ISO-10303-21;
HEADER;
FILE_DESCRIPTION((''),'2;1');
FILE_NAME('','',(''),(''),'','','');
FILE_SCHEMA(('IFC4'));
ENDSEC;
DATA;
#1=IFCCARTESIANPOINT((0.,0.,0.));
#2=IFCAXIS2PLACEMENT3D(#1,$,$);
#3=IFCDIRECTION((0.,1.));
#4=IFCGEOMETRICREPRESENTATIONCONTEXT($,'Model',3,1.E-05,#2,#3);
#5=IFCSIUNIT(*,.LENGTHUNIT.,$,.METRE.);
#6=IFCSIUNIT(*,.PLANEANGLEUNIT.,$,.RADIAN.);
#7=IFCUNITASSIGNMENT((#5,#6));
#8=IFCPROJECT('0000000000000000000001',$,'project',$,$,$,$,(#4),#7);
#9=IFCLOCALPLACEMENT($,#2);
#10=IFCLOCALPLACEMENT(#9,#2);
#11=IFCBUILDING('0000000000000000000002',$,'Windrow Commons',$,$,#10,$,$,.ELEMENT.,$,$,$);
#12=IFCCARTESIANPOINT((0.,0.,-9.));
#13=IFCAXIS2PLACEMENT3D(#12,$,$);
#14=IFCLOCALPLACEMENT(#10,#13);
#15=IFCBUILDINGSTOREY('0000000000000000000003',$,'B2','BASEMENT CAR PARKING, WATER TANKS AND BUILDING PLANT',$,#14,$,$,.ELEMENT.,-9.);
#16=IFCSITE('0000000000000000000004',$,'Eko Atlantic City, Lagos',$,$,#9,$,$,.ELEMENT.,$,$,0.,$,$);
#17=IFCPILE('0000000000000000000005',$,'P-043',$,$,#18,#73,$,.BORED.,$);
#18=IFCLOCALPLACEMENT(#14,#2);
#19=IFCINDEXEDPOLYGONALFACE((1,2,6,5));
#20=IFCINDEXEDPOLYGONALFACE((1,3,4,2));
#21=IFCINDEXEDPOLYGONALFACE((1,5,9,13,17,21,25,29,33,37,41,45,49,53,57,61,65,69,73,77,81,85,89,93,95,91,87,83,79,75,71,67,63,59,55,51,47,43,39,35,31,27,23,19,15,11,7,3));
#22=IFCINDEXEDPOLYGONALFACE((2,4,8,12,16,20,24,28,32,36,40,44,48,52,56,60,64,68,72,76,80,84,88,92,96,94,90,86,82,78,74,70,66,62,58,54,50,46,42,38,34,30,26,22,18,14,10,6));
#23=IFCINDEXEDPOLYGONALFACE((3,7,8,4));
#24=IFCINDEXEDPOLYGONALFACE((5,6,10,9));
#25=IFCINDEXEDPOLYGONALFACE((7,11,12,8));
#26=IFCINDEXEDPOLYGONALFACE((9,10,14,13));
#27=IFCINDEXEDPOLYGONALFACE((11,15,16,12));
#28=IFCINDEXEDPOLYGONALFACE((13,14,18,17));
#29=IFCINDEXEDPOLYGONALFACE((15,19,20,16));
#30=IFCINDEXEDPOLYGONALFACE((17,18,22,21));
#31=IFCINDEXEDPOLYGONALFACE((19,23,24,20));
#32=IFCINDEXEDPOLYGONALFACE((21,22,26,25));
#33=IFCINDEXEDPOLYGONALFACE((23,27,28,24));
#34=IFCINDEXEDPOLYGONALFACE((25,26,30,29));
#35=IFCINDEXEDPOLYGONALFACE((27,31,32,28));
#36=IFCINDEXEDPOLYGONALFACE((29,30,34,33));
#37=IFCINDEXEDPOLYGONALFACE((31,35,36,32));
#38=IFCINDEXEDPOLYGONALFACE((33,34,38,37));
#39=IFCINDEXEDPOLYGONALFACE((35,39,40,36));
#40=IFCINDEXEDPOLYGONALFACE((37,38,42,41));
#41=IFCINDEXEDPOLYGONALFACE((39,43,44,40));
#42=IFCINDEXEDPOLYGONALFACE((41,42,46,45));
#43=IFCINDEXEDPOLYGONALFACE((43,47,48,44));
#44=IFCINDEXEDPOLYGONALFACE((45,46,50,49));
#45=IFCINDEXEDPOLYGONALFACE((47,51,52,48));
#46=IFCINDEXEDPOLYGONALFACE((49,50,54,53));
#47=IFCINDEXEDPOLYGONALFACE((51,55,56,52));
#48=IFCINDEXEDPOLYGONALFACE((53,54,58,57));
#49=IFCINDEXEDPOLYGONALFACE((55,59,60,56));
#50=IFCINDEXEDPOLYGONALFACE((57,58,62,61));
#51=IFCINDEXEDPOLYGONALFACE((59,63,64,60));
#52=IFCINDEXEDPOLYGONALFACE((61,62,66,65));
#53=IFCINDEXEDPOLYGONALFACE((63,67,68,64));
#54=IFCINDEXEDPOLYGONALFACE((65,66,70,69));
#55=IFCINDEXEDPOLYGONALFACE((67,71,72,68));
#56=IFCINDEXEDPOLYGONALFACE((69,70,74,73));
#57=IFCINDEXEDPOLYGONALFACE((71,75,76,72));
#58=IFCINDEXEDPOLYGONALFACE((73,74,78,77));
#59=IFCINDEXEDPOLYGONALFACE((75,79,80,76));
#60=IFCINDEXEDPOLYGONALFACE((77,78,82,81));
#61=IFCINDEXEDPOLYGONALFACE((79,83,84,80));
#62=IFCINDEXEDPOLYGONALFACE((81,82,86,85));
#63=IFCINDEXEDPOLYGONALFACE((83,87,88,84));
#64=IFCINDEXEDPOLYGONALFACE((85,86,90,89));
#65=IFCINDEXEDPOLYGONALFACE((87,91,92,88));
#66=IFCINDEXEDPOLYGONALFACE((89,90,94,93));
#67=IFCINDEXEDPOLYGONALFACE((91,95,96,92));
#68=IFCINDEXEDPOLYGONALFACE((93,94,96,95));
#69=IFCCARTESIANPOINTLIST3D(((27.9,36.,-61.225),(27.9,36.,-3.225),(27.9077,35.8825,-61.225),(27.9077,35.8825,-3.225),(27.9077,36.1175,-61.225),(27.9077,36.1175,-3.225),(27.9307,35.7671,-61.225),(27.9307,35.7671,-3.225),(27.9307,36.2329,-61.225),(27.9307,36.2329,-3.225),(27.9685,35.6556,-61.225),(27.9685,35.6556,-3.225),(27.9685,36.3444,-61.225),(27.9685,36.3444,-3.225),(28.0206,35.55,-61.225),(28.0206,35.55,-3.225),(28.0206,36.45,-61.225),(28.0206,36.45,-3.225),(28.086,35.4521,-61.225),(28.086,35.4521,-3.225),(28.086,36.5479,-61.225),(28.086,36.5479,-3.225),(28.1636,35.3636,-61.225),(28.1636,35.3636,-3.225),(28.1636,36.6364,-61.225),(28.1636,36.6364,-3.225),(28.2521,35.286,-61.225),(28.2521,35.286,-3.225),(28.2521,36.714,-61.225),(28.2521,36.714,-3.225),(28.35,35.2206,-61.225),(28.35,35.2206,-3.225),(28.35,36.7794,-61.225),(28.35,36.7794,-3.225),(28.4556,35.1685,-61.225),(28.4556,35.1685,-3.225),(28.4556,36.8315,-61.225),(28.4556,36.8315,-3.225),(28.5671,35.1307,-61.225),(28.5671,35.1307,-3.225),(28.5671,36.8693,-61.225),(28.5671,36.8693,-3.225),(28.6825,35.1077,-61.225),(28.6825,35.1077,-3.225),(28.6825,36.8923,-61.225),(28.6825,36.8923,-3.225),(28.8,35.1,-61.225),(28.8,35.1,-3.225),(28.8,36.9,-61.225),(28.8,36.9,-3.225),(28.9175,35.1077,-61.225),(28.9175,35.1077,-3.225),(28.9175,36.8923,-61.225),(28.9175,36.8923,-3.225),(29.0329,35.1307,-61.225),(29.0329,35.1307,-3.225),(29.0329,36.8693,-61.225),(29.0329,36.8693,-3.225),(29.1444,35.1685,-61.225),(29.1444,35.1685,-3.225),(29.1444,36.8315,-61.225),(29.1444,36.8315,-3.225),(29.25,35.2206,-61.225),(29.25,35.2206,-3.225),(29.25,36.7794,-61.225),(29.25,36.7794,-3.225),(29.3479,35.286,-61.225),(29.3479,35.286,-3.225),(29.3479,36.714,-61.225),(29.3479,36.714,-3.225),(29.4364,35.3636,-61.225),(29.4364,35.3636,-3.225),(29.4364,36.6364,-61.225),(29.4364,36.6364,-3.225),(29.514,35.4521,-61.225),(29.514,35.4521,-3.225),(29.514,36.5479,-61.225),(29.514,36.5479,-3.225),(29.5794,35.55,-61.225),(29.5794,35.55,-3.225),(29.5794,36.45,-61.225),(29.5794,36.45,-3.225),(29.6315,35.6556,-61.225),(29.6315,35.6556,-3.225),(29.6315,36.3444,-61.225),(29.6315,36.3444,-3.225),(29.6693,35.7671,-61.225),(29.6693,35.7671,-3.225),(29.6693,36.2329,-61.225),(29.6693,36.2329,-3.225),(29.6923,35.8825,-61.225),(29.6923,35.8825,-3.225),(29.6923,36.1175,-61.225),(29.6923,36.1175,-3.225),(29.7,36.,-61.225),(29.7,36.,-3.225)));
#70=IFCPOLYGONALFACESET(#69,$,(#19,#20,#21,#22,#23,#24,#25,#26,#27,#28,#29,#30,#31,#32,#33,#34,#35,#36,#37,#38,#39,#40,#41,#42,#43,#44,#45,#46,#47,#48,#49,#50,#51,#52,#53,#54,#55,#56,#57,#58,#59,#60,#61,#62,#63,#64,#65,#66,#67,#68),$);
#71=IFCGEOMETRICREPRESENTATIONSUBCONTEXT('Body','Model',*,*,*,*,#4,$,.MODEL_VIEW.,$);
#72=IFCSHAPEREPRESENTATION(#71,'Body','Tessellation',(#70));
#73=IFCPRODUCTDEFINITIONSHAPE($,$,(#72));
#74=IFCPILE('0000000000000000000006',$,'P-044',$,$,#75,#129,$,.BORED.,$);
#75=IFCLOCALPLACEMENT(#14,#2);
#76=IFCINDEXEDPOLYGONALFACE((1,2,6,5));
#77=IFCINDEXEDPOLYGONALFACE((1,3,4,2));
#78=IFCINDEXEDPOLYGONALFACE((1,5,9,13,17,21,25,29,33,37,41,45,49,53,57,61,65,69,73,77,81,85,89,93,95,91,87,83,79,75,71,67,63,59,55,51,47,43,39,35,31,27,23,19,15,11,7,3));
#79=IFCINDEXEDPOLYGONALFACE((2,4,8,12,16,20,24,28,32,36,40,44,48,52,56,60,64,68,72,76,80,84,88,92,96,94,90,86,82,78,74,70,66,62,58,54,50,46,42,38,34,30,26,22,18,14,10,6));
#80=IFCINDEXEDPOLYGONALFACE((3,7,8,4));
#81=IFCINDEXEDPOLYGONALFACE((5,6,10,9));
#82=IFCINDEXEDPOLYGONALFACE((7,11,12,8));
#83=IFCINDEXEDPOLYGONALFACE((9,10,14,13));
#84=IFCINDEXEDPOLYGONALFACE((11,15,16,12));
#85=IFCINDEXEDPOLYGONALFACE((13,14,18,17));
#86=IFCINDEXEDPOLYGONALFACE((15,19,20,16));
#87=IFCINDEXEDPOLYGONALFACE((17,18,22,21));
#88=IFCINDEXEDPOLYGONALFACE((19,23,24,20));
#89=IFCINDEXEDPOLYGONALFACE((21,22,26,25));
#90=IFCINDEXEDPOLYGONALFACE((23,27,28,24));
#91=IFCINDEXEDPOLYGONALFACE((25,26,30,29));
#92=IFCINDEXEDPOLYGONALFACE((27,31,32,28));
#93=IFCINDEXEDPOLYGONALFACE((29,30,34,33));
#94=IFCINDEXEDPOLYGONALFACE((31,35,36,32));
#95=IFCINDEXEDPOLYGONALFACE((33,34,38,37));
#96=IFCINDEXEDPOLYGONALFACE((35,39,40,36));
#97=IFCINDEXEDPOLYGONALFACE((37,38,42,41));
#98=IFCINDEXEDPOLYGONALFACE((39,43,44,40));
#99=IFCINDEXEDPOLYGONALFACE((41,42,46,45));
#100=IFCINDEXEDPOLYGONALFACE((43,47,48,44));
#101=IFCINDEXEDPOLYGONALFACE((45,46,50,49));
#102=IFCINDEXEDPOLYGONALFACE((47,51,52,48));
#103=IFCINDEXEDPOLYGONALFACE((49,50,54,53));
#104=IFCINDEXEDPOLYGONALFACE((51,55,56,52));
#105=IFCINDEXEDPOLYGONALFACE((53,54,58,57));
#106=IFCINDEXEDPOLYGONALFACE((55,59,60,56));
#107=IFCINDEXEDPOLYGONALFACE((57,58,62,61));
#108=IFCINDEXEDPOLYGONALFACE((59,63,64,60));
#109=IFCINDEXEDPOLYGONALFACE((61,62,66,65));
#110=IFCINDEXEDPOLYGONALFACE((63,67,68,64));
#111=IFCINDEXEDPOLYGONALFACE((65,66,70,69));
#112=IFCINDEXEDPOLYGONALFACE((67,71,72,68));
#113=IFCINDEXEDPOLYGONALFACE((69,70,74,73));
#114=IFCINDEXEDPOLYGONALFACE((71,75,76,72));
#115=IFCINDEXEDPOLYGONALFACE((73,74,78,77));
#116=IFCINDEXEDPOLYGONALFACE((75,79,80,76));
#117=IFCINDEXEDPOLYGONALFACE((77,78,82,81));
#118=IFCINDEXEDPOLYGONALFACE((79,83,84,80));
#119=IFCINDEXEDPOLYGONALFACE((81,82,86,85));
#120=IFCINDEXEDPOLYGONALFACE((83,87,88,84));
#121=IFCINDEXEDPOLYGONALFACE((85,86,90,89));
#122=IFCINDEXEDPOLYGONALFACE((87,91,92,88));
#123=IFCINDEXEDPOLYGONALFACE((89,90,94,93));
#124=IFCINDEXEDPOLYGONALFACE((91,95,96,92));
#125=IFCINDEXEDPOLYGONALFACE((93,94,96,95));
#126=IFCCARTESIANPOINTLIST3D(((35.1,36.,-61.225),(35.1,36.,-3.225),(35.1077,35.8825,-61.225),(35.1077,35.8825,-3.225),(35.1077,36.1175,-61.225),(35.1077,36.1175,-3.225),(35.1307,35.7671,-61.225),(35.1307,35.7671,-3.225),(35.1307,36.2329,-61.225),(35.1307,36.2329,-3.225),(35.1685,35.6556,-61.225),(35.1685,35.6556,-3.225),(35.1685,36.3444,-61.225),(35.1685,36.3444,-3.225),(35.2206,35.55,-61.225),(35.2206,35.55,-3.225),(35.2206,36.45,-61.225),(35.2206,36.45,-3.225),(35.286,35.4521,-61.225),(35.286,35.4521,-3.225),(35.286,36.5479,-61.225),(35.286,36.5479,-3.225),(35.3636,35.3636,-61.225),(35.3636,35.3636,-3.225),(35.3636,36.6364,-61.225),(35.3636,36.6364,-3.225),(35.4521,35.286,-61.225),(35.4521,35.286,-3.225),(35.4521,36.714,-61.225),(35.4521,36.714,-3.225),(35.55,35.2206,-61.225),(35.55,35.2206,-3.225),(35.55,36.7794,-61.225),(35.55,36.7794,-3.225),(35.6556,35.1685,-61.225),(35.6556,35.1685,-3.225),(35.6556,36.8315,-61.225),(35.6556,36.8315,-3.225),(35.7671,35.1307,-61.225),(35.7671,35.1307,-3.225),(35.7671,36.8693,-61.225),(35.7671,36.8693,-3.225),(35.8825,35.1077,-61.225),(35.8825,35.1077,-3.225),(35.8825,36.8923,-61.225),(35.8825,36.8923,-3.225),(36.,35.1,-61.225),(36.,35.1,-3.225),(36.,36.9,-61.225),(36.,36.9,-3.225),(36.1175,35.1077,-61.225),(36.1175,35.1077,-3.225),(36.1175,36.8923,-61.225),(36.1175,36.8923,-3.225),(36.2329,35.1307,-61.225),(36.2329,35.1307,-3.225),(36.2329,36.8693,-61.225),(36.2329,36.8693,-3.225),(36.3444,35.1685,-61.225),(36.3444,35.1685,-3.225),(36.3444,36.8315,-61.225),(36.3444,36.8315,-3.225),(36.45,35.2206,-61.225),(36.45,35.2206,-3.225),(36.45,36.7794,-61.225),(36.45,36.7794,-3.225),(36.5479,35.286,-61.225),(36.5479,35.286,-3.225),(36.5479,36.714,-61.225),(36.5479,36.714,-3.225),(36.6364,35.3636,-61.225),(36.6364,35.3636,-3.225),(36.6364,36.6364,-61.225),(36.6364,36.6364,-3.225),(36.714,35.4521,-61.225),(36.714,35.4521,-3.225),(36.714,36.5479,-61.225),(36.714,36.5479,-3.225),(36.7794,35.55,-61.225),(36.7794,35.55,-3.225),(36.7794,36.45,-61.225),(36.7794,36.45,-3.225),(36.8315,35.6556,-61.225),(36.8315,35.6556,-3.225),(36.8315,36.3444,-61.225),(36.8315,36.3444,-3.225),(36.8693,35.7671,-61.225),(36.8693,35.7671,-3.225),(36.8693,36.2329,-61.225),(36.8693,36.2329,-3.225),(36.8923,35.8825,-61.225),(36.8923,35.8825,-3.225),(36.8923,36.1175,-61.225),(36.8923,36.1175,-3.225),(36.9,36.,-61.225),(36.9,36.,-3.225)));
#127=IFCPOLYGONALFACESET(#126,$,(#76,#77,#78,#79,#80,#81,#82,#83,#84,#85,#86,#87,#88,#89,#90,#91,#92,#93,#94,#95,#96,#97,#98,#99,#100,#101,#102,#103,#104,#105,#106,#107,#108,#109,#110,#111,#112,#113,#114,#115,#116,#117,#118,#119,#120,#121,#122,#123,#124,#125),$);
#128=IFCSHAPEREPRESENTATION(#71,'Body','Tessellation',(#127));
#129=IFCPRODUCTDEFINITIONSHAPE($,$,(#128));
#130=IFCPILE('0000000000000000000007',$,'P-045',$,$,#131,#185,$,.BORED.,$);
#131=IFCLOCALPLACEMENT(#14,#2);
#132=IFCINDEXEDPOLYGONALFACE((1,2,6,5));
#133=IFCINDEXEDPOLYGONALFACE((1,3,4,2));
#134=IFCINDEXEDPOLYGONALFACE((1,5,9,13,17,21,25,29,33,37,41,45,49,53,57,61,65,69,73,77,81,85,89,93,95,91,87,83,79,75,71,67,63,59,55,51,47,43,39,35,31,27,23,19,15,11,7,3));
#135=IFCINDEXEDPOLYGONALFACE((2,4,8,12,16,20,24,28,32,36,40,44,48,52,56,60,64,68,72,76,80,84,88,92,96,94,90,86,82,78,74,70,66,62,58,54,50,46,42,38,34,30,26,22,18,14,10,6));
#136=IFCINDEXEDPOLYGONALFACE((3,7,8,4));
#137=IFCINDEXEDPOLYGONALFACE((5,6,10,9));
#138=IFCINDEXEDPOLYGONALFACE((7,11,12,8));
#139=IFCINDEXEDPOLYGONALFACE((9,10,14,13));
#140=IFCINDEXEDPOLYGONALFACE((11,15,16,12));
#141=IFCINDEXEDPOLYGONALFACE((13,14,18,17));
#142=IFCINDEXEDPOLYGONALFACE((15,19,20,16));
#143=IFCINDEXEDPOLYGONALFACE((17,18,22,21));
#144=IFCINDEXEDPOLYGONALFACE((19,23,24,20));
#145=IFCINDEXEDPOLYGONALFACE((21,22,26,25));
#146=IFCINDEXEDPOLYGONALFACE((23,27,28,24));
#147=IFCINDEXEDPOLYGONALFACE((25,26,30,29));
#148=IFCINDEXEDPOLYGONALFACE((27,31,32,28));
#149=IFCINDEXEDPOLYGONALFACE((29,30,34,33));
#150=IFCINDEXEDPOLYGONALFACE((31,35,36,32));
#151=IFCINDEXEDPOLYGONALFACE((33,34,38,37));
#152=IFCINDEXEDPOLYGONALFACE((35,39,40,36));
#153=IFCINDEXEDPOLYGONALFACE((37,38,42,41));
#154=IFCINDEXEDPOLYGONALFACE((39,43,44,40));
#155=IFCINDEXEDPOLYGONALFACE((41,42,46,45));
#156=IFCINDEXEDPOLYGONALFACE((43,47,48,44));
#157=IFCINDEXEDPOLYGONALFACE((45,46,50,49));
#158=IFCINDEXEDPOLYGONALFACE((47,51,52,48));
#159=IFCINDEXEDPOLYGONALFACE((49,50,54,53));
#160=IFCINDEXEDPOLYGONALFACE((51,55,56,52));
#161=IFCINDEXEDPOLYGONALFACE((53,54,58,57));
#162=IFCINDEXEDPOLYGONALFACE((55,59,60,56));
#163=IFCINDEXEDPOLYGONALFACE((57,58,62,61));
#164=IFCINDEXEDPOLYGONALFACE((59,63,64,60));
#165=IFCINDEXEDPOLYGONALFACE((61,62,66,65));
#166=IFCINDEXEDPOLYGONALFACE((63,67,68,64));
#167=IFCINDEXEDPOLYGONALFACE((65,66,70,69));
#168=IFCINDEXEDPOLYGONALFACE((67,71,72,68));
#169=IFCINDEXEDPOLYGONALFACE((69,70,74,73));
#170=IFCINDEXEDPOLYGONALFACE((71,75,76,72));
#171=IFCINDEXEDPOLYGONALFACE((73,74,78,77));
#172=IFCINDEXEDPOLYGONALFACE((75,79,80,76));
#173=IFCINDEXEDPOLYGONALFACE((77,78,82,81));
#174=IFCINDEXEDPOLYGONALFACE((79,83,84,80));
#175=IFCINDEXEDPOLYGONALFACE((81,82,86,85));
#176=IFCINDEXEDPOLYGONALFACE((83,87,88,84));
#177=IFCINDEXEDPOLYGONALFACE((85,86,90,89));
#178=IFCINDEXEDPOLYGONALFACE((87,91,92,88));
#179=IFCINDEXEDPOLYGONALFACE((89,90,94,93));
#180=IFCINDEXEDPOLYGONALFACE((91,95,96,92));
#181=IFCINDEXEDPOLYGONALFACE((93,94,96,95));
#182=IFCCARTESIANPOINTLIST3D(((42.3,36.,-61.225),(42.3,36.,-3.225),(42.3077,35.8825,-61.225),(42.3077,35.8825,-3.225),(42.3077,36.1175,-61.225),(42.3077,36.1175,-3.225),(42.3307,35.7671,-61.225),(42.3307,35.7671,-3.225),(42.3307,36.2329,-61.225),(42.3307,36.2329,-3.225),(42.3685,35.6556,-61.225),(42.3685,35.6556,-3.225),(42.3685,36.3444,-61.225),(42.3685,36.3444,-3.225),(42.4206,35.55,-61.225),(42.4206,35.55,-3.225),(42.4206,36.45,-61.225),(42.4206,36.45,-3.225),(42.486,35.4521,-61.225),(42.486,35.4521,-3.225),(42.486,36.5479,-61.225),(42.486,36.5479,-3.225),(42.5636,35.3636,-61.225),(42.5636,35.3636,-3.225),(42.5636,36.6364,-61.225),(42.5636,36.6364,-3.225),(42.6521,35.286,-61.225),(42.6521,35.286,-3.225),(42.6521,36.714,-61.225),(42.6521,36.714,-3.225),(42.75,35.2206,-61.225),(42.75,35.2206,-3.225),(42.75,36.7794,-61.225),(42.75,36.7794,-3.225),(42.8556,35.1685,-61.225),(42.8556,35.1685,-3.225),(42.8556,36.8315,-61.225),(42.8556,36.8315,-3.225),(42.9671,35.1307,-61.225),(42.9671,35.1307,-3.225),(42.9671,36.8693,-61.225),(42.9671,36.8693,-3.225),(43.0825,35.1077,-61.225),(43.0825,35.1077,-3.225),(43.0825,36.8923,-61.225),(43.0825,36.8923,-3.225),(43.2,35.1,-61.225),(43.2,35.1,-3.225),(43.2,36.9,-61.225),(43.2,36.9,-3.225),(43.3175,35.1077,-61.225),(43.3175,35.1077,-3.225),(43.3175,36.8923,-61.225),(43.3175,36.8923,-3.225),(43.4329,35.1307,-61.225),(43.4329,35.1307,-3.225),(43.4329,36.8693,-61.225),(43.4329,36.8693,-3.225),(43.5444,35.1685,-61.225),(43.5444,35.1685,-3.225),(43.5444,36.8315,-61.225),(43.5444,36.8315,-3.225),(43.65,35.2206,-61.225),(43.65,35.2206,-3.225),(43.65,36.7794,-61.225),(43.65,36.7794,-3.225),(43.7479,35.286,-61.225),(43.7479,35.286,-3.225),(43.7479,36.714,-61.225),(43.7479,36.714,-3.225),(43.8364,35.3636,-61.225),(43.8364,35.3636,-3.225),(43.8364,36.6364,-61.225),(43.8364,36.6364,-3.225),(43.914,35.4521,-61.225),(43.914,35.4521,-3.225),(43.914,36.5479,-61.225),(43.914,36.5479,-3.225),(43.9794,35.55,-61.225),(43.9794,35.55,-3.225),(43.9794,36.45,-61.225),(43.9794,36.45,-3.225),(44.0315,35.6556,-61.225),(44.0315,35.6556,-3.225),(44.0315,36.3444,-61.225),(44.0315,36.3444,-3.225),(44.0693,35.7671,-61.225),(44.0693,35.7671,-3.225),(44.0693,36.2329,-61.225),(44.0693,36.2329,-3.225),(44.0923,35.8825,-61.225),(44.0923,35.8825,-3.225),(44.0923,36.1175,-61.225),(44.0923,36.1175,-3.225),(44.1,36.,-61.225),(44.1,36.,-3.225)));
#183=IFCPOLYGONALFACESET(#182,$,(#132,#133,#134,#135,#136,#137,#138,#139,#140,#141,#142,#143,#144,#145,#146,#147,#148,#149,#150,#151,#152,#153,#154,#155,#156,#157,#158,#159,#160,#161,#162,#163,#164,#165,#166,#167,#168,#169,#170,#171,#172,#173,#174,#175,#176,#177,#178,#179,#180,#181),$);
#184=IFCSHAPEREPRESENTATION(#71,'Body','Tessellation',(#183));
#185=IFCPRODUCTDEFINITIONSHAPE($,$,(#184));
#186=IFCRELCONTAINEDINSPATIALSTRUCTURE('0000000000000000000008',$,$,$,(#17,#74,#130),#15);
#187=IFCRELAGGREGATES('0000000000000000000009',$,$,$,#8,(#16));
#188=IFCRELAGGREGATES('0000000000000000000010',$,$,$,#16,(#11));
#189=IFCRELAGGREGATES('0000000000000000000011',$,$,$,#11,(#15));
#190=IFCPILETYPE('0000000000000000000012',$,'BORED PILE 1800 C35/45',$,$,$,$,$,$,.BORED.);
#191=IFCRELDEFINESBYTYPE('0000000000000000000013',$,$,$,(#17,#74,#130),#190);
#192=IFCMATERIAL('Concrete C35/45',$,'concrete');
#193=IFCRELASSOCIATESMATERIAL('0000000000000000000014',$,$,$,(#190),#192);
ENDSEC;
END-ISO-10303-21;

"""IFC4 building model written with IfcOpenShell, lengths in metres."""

from ifc_helpers import new_model, si_unit, direction, frame, origin, origin_2d, place, context, subcontext, project, spatial, circle, extrude, material, material_profile, profile_set, type_object, element, save


model = new_model("IFC4")

# Units and contexts
model_context = context("Model", 3, precision=1e-05, world=origin(), true_north=direction((0.0, 1.0)))
body_context = subcontext(model_context, "Body", "Model", "MODEL_VIEW")
ifc_project = project(units=[si_unit("LENGTHUNIT", "METRE"), si_unit("PLANEANGLEUNIT", "RADIAN")], contexts=[model_context])

# Site, building, storey
site_placement = place(None, origin())
site = spatial("IfcSite", under=ifc_project, at=site_placement, Name="Eko Atlantic City, Lagos", CompositionType="ELEMENT", RefElevation=0.0)
building_placement = place(site_placement, origin())
building = spatial("IfcBuilding", under=site, at=building_placement, Name="Windrow Commons", CompositionType="ELEMENT")
storey_placement = place(building_placement, frame((0.0, 0.0, -9.0)))
storey = spatial("IfcBuildingStorey", under=building, at=storey_placement, Name="B2", Description="BASEMENT CAR PARKING, WATER TANKS AND BUILDING PLANT", CompositionType="ELEMENT", Elevation=-9.0)

# Piles
ifc_material_1 = material(Name="Concrete C35/45", Category="concrete")
ifc_material_profile_1 = material_profile(ifc_material_1, circle(Radius=0.9, at=origin_2d()))
ifc_profile_set_1 = profile_set([ifc_material_profile_1], Name="Concrete C35/45")
pile_type = type_object("IfcPileType", Name="BORED PILE 1800 C35/45", PredefinedType="BORED", material=ifc_profile_set_1)
for number, where, z_axis, x_axis, name in (
    (1, (28.8, 36.0, -3.225), (0.0, 0.0, -1.0), (1.0, 0.0, 0.0), "P-043"),
    (2, (36.0, 36.0, -3.225), (0.0, 0.0, -1.0), (1.0, 0.0, 0.0), "P-044"),
    (3, (43.2, 36.0, -3.225), (0.0, 0.0, -1.0), (1.0, 0.0, 0.0), "P-045"),
):
    element("IfcPile", number, at=place(storey_placement, frame(where, z_axis=z_axis, x_axis=x_axis)), inside=storey, type_object=pile_type, Name=name, PredefinedType="BORED", context=body_context, shape_type="SweptSolid", body=[
        extrude(circle(Radius=0.9, at=origin_2d()), origin(), (0.0, 0.0, 1.0), 58.0),
    ])

save(model, "model.ifc")
